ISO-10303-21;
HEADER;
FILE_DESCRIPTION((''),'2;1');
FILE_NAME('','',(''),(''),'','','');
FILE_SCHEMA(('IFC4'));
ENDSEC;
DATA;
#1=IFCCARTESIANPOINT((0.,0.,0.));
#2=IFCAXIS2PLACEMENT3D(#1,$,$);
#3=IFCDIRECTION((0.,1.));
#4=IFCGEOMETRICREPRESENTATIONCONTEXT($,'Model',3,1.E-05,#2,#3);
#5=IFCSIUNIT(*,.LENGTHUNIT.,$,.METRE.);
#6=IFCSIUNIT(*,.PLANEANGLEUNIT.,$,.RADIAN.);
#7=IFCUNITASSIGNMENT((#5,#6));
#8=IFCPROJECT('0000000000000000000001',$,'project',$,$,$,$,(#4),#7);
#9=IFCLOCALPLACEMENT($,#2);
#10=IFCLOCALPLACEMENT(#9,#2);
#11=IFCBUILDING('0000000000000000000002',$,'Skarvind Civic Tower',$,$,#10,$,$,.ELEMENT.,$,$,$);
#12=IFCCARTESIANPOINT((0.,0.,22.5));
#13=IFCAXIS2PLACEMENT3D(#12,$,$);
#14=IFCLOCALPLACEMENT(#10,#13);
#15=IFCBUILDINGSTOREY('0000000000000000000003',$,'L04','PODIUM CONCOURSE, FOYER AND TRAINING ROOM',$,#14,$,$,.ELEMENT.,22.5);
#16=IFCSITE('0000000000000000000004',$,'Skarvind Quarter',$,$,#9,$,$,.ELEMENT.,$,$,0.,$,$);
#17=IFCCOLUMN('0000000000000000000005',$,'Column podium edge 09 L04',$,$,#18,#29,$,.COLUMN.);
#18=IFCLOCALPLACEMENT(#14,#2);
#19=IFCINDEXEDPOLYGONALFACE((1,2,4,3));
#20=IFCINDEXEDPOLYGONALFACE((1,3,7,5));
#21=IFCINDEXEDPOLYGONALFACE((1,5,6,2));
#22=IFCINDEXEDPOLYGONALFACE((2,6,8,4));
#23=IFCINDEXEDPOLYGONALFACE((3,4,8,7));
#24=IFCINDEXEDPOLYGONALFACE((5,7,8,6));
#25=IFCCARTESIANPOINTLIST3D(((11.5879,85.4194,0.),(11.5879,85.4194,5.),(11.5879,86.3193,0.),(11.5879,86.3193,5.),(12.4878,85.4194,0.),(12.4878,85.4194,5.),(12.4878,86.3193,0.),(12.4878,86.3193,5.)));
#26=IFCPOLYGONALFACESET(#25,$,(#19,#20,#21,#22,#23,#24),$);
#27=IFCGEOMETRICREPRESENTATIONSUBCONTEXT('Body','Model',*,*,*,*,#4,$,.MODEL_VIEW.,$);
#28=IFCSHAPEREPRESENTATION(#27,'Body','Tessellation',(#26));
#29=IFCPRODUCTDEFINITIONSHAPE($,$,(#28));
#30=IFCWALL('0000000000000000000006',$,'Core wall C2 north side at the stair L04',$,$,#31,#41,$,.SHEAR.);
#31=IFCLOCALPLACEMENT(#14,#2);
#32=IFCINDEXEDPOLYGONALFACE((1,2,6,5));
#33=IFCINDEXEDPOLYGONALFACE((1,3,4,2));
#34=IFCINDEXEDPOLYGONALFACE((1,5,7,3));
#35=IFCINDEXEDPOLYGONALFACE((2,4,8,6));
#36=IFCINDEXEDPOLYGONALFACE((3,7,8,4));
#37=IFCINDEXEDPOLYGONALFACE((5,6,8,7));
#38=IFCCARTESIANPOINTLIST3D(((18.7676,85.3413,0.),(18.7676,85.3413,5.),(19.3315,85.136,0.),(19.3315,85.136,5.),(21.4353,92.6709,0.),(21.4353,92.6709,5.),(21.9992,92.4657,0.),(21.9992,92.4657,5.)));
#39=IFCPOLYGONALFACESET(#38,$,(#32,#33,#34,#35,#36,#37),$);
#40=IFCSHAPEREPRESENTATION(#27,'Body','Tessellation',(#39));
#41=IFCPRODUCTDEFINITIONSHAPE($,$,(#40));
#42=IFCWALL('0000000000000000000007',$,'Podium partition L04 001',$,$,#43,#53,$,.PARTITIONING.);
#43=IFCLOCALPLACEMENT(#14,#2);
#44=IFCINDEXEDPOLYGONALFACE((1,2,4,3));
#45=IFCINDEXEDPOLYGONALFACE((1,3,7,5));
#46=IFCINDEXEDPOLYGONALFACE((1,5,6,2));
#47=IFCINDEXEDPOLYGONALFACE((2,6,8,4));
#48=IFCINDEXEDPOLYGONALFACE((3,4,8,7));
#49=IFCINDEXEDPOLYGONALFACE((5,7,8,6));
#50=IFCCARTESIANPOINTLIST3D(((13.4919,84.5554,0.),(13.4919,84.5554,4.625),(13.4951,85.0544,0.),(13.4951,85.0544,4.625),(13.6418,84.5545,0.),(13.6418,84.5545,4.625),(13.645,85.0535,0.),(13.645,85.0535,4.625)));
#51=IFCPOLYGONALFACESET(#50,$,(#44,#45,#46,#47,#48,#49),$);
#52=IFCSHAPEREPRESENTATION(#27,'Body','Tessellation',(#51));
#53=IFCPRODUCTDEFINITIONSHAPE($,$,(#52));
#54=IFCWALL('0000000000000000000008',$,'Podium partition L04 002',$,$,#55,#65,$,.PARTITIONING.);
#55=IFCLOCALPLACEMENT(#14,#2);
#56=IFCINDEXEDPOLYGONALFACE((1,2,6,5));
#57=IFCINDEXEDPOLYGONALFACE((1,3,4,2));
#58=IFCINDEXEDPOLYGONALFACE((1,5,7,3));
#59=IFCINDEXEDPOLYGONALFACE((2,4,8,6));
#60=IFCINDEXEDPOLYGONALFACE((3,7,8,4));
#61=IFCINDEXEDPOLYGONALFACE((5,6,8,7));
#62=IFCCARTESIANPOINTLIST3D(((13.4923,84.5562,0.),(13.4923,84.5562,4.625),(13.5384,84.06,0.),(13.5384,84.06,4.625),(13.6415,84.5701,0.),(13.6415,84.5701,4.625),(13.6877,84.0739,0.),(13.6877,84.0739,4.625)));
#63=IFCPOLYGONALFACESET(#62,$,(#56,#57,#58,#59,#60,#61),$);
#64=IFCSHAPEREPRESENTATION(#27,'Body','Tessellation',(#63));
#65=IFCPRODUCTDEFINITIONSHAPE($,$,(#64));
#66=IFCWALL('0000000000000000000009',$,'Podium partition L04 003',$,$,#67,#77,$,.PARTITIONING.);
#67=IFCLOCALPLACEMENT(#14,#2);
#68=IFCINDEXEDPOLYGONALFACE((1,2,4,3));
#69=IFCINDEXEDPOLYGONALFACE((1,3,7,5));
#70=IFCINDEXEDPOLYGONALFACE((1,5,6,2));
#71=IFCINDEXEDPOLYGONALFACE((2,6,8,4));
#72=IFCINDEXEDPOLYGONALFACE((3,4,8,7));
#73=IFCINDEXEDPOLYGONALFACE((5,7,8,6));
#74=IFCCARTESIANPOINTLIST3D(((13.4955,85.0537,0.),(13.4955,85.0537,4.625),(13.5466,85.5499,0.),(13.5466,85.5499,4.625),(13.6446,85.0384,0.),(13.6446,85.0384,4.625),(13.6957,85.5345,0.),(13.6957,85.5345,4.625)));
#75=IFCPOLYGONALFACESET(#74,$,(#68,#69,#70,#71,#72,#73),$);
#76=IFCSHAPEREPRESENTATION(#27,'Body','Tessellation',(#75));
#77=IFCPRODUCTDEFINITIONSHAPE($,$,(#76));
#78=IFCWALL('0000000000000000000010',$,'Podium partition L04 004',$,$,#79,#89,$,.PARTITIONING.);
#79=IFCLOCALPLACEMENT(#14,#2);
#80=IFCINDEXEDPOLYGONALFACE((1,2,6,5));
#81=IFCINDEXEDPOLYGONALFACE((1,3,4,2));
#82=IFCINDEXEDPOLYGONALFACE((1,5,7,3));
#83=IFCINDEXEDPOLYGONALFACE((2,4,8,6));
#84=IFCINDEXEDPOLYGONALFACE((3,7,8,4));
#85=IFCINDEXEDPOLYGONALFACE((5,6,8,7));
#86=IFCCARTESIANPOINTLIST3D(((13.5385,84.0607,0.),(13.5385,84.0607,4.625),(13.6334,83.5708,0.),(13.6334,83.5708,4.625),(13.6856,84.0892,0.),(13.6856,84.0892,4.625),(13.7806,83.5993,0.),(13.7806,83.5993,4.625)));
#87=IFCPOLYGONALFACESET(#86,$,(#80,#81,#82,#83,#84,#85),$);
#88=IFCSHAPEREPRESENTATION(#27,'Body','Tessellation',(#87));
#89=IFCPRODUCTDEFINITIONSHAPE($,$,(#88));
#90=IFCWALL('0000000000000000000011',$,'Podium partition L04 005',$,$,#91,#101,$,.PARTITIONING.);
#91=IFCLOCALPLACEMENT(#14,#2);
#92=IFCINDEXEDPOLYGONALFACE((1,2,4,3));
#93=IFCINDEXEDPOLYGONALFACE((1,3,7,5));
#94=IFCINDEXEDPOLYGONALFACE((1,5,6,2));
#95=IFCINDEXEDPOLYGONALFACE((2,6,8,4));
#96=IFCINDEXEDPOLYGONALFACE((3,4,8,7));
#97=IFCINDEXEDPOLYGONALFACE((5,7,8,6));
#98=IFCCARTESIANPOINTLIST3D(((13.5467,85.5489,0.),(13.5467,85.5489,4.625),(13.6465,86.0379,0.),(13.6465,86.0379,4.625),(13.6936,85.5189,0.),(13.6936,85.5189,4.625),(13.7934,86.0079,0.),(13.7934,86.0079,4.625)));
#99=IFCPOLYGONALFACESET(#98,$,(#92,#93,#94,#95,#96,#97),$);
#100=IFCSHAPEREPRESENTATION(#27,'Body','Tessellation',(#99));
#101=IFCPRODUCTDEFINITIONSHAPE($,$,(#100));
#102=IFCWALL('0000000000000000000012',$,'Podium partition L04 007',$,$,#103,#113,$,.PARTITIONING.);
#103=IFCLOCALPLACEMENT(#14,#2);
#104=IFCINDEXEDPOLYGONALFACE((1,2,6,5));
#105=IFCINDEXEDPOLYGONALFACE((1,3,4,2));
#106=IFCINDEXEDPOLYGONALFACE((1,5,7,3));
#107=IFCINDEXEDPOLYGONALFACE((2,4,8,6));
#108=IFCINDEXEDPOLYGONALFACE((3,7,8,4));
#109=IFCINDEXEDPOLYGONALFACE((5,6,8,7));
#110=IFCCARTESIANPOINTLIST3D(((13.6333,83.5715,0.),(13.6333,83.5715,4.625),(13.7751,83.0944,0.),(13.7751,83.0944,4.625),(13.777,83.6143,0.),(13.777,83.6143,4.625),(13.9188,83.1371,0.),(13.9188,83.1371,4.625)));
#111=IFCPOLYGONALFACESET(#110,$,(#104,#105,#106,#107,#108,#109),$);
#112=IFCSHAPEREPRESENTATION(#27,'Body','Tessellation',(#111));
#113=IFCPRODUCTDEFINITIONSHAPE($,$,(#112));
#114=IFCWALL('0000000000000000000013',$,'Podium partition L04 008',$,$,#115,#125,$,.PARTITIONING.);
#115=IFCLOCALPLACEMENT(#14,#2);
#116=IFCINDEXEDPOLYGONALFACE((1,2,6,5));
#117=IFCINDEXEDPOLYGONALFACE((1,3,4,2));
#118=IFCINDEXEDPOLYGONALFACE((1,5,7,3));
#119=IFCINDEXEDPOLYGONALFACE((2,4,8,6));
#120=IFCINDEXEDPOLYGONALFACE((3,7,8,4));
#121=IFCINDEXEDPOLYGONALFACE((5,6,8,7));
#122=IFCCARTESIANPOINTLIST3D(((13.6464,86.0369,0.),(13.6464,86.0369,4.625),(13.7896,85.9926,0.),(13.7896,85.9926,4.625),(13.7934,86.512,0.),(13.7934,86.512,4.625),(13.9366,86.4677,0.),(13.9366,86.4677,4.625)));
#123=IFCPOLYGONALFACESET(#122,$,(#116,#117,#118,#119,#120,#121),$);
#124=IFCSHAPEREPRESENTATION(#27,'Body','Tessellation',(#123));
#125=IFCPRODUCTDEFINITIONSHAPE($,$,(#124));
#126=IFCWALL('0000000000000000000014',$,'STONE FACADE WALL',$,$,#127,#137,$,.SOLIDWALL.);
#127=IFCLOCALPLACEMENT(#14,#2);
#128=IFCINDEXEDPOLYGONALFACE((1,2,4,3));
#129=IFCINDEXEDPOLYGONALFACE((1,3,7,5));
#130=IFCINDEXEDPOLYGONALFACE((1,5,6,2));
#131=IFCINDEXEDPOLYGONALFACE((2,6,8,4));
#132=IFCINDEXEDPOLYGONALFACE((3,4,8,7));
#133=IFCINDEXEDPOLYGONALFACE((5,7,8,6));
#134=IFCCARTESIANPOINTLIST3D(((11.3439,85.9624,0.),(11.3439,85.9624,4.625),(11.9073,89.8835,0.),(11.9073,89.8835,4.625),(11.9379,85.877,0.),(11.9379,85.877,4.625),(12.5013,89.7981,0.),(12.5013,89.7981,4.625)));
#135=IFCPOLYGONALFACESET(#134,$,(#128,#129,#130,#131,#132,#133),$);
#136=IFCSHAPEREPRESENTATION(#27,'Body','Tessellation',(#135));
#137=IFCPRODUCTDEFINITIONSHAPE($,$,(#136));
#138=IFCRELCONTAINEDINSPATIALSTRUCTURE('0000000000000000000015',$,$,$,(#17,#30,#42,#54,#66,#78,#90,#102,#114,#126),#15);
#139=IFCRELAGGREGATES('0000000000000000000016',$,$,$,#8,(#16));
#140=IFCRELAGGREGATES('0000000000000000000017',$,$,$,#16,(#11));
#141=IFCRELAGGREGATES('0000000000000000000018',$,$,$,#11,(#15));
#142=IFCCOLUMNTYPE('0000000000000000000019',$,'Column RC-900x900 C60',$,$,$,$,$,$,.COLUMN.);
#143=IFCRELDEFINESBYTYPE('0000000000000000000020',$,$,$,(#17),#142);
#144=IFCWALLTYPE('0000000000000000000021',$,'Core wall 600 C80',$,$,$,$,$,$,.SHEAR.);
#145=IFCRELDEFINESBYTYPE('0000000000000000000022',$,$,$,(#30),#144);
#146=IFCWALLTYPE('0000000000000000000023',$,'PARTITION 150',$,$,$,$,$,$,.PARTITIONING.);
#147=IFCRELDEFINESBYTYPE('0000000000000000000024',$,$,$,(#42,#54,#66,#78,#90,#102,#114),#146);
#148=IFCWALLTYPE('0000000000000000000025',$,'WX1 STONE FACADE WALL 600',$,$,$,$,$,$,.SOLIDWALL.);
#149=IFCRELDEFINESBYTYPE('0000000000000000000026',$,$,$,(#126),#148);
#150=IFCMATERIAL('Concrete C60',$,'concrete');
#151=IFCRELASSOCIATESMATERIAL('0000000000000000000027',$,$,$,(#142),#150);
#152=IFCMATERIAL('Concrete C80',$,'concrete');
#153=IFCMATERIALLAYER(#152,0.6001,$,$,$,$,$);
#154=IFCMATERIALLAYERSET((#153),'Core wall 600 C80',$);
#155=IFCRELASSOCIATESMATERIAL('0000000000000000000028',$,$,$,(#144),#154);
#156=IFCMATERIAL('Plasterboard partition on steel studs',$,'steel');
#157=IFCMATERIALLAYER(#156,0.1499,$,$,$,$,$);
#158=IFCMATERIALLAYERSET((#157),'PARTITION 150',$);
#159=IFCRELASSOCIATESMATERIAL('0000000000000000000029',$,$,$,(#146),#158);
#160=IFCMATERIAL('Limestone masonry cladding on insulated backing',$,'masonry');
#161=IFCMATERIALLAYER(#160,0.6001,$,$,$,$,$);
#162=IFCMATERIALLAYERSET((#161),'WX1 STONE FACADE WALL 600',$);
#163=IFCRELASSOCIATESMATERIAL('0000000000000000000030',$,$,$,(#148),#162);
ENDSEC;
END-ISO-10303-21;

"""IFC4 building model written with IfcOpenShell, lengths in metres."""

from ifc_helpers import new_model, si_unit, direction, frame, frame_2d, origin, origin_2d, place, context, subcontext, project, spatial, rectangle, extrude, material, layer, layer_set, material_profile, profile_set, type_object, element, save


model = new_model("IFC4")

# Units and contexts
model_context = context("Model", 3, precision=1e-05, world=origin(), true_north=direction((0.0, 1.0)))
body_context = subcontext(model_context, "Body", "Model", "MODEL_VIEW")
ifc_project = project(units=[si_unit("LENGTHUNIT", "METRE"), si_unit("PLANEANGLEUNIT", "RADIAN")], contexts=[model_context])

# Site, building, storey
site_placement = place(None, origin())
site = spatial("IfcSite", under=ifc_project, at=site_placement, Name="Skarvind Quarter", CompositionType="ELEMENT", RefElevation=0.0)
building_placement = place(site_placement, origin())
building = spatial("IfcBuilding", under=site, at=building_placement, Name="Skarvind Civic Tower", CompositionType="ELEMENT")
storey_placement = place(building_placement, frame((0.0, 0.0, 22.5)))
storey = spatial("IfcBuildingStorey", under=building, at=storey_placement, Name="L04", Description="PODIUM CONCOURSE, FOYER AND TRAINING ROOM", CompositionType="ELEMENT", Elevation=22.5)

# Column
ifc_material_1 = material(Name="Concrete C60", Category="concrete")
ifc_material_profile = material_profile(ifc_material_1, rectangle(XDim=0.8999, YDim=0.8999, at=origin_2d()), Name="RC-900x900")
ifc_profile_set = profile_set([ifc_material_profile], Name="Concrete C60")
column_type = type_object("IfcColumnType", Name="Column RC-900x900 C60", PredefinedType="COLUMN", material=ifc_profile_set)
column_placement = place(storey_placement, frame((12.0378, 85.8694, 0.0), z_axis=(0.0, 0.0, 1.0), x_axis=(1.0, 0.0, 0.0)))
element("IfcColumn", 1, at=column_placement, inside=storey, type_object=column_type, Name="Column podium edge 09 L04", PredefinedType="COLUMN", context=body_context, shape_type="SweptSolid", body=[
    extrude(rectangle(XDim=0.8999, YDim=0.8999, at=origin_2d()), origin(), (0.0, 0.0, 1.0), 5.0),
])

# Walls
ifc_material_2 = material(Name="Concrete C80", Category="concrete")
ifc_layer_1 = layer(ifc_material_2, 0.6001)
ifc_layer_set_1 = layer_set([ifc_layer_1], Name="Core wall 600 C80")
wall_type_1 = type_object("IfcWallType", Name="Core wall 600 C80", PredefinedType="SHEAR", material=ifc_layer_set_1)
wall_1_placement = place(storey_placement, frame((19.0496, 85.2388, 0.0), z_axis=(0.0, 0.0, 1.0), x_axis=(0.342017, 0.939694, 0.0)))
element("IfcWall", 2, at=wall_1_placement, inside=storey, type_object=wall_type_1, Name="Core wall C2 north side at the stair L04", PredefinedType="SHEAR", context=body_context, shape_type="SweptSolid", body=[
    extrude(rectangle(XDim=7.8, YDim=0.6001, at=frame_2d((3.8999, 0.0))), origin(), (0.0, 0.0, 1.0), 5.0),
])
ifc_material_3 = material(Name="Plasterboard partition on steel studs", Category="steel")
ifc_layer_2 = layer(ifc_material_3, 0.1499)
ifc_layer_set_2 = layer_set([ifc_layer_2], Name="PARTITION 150")
wall_type_2 = type_object("IfcWallType", Name="PARTITION 150", PredefinedType="PARTITIONING", material=ifc_layer_set_2)
wall_2_placement = place(storey_placement, frame((13.5669, 84.5549, 0.0), z_axis=(0.0, 0.0, 1.0), x_axis=(0.00636, 0.99998, 0.0)))
element("IfcWall", 3, at=wall_2_placement, inside=storey, type_object=wall_type_2, Name="Podium partition L04 001", PredefinedType="PARTITIONING", context=body_context, shape_type="SweptSolid", body=[
    extrude(rectangle(XDim=0.499, YDim=0.1499, at=frame_2d((0.2495, 0.0))), origin(), (0.0, 0.0, 1.0), 4.625),
])
wall_3_placement = place(storey_placement, frame((13.5669, 84.563, 0.0), z_axis=(0.0, 0.0, 1.0), x_axis=(0.092612, -0.995702, 0.0)))
element("IfcWall", 4, at=wall_3_placement, inside=storey, type_object=wall_type_2, Name="Podium partition L04 002", PredefinedType="PARTITIONING", context=body_context, shape_type="SweptSolid", body=[
    extrude(rectangle(XDim=0.4983, YDim=0.1499, at=frame_2d((0.249, 0.0))), origin(), (0.0, 0.0, 1.0), 4.625),
])
wall_4_placement = place(storey_placement, frame((13.5701, 85.0459, 0.0), z_axis=(0.0, 0.0, 1.0), x_axis=(0.102315, 0.994752, 0.0)))
element("IfcWall", 5, at=wall_4_placement, inside=storey, type_object=wall_type_2, Name="Podium partition L04 003", PredefinedType="PARTITIONING", context=body_context, shape_type="SweptSolid", body=[
    extrude(rectangle(XDim=0.4988, YDim=0.1499, at=frame_2d((0.2495, 0.0))), origin(), (0.0, 0.0, 1.0), 4.625),
])
for number, where, z_axis, x_axis, name in (
    (6, (13.6121, 84.075, 0.0), (0.0, 0.0, 1.0), (0.19028, -0.98173, 0.0), "Podium partition L04 004"),
    (7, (13.6201, 85.5339, 0.0), (0.0, 0.0, 1.0), (0.200065, 0.979783, 0.0), "Podium partition L04 005"),
):
    element("IfcWall", number, at=place(storey_placement, frame(where, z_axis=z_axis, x_axis=x_axis)), inside=storey, type_object=wall_type_2, Name=name, PredefinedType="PARTITIONING", context=body_context, shape_type="SweptSolid", body=[
        extrude(rectangle(XDim=0.499, YDim=0.1499, at=frame_2d((0.2495, 0.0))), origin(), (0.0, 0.0, 1.0), 4.625),
    ])
wall_5_placement = place(storey_placement, frame((13.7051, 83.593, 0.0), z_axis=(0.0, 0.0, 1.0), x_axis=(0.285007, -0.958525, 0.0)))
element("IfcWall", 8, at=wall_5_placement, inside=storey, type_object=wall_type_2, Name="Podium partition L04 007", PredefinedType="PARTITIONING", context=body_context, shape_type="SweptSolid", body=[
    extrude(rectangle(XDim=0.4978, YDim=0.1499, at=frame_2d((0.249, 0.0))), origin(), (0.0, 0.0, 1.0), 4.625),
])
wall_6_placement = place(storey_placement, frame((13.718, 86.0149, 0.0), z_axis=(0.0, 0.0, 1.0), x_axis=(0.295534, 0.955332, 0.0)))
element("IfcWall", 9, at=wall_6_placement, inside=storey, type_object=wall_type_2, Name="Podium partition L04 008", PredefinedType="PARTITIONING", context=body_context, shape_type="SweptSolid", body=[
    extrude(rectangle(XDim=0.4973, YDim=0.1499, at=frame_2d((0.2485, 0.0))), origin(), (0.0, 0.0, 1.0), 4.625),
])
ifc_material_4 = material(Name="Limestone masonry cladding on insulated backing", Category="masonry")
ifc_layer_3 = layer(ifc_material_4, 0.6001)
ifc_layer_set_3 = layer_set([ifc_layer_3], Name="WX1 STONE FACADE WALL 600")
wall_type_3 = type_object("IfcWallType", Name="WX1 STONE FACADE WALL 600", PredefinedType="SOLIDWALL", material=ifc_layer_set_3)
wall_7_placement = place(storey_placement, frame((11.6409, 85.9197, 0.0), z_axis=(0.0, 0.0, 1.0), x_axis=(0.142241, 0.989832, 0.0)))
element("IfcWall", 10, at=wall_7_placement, inside=storey, type_object=wall_type_3, Name="STONE FACADE WALL", PredefinedType="SOLIDWALL", context=body_context, shape_type="SweptSolid", body=[
    extrude(rectangle(XDim=3.9614, YDim=0.6001, at=frame_2d((1.9807, 0.0))), origin(), (0.0, 0.0, 1.0), 4.625),
])

save(model, "model.ifc")
